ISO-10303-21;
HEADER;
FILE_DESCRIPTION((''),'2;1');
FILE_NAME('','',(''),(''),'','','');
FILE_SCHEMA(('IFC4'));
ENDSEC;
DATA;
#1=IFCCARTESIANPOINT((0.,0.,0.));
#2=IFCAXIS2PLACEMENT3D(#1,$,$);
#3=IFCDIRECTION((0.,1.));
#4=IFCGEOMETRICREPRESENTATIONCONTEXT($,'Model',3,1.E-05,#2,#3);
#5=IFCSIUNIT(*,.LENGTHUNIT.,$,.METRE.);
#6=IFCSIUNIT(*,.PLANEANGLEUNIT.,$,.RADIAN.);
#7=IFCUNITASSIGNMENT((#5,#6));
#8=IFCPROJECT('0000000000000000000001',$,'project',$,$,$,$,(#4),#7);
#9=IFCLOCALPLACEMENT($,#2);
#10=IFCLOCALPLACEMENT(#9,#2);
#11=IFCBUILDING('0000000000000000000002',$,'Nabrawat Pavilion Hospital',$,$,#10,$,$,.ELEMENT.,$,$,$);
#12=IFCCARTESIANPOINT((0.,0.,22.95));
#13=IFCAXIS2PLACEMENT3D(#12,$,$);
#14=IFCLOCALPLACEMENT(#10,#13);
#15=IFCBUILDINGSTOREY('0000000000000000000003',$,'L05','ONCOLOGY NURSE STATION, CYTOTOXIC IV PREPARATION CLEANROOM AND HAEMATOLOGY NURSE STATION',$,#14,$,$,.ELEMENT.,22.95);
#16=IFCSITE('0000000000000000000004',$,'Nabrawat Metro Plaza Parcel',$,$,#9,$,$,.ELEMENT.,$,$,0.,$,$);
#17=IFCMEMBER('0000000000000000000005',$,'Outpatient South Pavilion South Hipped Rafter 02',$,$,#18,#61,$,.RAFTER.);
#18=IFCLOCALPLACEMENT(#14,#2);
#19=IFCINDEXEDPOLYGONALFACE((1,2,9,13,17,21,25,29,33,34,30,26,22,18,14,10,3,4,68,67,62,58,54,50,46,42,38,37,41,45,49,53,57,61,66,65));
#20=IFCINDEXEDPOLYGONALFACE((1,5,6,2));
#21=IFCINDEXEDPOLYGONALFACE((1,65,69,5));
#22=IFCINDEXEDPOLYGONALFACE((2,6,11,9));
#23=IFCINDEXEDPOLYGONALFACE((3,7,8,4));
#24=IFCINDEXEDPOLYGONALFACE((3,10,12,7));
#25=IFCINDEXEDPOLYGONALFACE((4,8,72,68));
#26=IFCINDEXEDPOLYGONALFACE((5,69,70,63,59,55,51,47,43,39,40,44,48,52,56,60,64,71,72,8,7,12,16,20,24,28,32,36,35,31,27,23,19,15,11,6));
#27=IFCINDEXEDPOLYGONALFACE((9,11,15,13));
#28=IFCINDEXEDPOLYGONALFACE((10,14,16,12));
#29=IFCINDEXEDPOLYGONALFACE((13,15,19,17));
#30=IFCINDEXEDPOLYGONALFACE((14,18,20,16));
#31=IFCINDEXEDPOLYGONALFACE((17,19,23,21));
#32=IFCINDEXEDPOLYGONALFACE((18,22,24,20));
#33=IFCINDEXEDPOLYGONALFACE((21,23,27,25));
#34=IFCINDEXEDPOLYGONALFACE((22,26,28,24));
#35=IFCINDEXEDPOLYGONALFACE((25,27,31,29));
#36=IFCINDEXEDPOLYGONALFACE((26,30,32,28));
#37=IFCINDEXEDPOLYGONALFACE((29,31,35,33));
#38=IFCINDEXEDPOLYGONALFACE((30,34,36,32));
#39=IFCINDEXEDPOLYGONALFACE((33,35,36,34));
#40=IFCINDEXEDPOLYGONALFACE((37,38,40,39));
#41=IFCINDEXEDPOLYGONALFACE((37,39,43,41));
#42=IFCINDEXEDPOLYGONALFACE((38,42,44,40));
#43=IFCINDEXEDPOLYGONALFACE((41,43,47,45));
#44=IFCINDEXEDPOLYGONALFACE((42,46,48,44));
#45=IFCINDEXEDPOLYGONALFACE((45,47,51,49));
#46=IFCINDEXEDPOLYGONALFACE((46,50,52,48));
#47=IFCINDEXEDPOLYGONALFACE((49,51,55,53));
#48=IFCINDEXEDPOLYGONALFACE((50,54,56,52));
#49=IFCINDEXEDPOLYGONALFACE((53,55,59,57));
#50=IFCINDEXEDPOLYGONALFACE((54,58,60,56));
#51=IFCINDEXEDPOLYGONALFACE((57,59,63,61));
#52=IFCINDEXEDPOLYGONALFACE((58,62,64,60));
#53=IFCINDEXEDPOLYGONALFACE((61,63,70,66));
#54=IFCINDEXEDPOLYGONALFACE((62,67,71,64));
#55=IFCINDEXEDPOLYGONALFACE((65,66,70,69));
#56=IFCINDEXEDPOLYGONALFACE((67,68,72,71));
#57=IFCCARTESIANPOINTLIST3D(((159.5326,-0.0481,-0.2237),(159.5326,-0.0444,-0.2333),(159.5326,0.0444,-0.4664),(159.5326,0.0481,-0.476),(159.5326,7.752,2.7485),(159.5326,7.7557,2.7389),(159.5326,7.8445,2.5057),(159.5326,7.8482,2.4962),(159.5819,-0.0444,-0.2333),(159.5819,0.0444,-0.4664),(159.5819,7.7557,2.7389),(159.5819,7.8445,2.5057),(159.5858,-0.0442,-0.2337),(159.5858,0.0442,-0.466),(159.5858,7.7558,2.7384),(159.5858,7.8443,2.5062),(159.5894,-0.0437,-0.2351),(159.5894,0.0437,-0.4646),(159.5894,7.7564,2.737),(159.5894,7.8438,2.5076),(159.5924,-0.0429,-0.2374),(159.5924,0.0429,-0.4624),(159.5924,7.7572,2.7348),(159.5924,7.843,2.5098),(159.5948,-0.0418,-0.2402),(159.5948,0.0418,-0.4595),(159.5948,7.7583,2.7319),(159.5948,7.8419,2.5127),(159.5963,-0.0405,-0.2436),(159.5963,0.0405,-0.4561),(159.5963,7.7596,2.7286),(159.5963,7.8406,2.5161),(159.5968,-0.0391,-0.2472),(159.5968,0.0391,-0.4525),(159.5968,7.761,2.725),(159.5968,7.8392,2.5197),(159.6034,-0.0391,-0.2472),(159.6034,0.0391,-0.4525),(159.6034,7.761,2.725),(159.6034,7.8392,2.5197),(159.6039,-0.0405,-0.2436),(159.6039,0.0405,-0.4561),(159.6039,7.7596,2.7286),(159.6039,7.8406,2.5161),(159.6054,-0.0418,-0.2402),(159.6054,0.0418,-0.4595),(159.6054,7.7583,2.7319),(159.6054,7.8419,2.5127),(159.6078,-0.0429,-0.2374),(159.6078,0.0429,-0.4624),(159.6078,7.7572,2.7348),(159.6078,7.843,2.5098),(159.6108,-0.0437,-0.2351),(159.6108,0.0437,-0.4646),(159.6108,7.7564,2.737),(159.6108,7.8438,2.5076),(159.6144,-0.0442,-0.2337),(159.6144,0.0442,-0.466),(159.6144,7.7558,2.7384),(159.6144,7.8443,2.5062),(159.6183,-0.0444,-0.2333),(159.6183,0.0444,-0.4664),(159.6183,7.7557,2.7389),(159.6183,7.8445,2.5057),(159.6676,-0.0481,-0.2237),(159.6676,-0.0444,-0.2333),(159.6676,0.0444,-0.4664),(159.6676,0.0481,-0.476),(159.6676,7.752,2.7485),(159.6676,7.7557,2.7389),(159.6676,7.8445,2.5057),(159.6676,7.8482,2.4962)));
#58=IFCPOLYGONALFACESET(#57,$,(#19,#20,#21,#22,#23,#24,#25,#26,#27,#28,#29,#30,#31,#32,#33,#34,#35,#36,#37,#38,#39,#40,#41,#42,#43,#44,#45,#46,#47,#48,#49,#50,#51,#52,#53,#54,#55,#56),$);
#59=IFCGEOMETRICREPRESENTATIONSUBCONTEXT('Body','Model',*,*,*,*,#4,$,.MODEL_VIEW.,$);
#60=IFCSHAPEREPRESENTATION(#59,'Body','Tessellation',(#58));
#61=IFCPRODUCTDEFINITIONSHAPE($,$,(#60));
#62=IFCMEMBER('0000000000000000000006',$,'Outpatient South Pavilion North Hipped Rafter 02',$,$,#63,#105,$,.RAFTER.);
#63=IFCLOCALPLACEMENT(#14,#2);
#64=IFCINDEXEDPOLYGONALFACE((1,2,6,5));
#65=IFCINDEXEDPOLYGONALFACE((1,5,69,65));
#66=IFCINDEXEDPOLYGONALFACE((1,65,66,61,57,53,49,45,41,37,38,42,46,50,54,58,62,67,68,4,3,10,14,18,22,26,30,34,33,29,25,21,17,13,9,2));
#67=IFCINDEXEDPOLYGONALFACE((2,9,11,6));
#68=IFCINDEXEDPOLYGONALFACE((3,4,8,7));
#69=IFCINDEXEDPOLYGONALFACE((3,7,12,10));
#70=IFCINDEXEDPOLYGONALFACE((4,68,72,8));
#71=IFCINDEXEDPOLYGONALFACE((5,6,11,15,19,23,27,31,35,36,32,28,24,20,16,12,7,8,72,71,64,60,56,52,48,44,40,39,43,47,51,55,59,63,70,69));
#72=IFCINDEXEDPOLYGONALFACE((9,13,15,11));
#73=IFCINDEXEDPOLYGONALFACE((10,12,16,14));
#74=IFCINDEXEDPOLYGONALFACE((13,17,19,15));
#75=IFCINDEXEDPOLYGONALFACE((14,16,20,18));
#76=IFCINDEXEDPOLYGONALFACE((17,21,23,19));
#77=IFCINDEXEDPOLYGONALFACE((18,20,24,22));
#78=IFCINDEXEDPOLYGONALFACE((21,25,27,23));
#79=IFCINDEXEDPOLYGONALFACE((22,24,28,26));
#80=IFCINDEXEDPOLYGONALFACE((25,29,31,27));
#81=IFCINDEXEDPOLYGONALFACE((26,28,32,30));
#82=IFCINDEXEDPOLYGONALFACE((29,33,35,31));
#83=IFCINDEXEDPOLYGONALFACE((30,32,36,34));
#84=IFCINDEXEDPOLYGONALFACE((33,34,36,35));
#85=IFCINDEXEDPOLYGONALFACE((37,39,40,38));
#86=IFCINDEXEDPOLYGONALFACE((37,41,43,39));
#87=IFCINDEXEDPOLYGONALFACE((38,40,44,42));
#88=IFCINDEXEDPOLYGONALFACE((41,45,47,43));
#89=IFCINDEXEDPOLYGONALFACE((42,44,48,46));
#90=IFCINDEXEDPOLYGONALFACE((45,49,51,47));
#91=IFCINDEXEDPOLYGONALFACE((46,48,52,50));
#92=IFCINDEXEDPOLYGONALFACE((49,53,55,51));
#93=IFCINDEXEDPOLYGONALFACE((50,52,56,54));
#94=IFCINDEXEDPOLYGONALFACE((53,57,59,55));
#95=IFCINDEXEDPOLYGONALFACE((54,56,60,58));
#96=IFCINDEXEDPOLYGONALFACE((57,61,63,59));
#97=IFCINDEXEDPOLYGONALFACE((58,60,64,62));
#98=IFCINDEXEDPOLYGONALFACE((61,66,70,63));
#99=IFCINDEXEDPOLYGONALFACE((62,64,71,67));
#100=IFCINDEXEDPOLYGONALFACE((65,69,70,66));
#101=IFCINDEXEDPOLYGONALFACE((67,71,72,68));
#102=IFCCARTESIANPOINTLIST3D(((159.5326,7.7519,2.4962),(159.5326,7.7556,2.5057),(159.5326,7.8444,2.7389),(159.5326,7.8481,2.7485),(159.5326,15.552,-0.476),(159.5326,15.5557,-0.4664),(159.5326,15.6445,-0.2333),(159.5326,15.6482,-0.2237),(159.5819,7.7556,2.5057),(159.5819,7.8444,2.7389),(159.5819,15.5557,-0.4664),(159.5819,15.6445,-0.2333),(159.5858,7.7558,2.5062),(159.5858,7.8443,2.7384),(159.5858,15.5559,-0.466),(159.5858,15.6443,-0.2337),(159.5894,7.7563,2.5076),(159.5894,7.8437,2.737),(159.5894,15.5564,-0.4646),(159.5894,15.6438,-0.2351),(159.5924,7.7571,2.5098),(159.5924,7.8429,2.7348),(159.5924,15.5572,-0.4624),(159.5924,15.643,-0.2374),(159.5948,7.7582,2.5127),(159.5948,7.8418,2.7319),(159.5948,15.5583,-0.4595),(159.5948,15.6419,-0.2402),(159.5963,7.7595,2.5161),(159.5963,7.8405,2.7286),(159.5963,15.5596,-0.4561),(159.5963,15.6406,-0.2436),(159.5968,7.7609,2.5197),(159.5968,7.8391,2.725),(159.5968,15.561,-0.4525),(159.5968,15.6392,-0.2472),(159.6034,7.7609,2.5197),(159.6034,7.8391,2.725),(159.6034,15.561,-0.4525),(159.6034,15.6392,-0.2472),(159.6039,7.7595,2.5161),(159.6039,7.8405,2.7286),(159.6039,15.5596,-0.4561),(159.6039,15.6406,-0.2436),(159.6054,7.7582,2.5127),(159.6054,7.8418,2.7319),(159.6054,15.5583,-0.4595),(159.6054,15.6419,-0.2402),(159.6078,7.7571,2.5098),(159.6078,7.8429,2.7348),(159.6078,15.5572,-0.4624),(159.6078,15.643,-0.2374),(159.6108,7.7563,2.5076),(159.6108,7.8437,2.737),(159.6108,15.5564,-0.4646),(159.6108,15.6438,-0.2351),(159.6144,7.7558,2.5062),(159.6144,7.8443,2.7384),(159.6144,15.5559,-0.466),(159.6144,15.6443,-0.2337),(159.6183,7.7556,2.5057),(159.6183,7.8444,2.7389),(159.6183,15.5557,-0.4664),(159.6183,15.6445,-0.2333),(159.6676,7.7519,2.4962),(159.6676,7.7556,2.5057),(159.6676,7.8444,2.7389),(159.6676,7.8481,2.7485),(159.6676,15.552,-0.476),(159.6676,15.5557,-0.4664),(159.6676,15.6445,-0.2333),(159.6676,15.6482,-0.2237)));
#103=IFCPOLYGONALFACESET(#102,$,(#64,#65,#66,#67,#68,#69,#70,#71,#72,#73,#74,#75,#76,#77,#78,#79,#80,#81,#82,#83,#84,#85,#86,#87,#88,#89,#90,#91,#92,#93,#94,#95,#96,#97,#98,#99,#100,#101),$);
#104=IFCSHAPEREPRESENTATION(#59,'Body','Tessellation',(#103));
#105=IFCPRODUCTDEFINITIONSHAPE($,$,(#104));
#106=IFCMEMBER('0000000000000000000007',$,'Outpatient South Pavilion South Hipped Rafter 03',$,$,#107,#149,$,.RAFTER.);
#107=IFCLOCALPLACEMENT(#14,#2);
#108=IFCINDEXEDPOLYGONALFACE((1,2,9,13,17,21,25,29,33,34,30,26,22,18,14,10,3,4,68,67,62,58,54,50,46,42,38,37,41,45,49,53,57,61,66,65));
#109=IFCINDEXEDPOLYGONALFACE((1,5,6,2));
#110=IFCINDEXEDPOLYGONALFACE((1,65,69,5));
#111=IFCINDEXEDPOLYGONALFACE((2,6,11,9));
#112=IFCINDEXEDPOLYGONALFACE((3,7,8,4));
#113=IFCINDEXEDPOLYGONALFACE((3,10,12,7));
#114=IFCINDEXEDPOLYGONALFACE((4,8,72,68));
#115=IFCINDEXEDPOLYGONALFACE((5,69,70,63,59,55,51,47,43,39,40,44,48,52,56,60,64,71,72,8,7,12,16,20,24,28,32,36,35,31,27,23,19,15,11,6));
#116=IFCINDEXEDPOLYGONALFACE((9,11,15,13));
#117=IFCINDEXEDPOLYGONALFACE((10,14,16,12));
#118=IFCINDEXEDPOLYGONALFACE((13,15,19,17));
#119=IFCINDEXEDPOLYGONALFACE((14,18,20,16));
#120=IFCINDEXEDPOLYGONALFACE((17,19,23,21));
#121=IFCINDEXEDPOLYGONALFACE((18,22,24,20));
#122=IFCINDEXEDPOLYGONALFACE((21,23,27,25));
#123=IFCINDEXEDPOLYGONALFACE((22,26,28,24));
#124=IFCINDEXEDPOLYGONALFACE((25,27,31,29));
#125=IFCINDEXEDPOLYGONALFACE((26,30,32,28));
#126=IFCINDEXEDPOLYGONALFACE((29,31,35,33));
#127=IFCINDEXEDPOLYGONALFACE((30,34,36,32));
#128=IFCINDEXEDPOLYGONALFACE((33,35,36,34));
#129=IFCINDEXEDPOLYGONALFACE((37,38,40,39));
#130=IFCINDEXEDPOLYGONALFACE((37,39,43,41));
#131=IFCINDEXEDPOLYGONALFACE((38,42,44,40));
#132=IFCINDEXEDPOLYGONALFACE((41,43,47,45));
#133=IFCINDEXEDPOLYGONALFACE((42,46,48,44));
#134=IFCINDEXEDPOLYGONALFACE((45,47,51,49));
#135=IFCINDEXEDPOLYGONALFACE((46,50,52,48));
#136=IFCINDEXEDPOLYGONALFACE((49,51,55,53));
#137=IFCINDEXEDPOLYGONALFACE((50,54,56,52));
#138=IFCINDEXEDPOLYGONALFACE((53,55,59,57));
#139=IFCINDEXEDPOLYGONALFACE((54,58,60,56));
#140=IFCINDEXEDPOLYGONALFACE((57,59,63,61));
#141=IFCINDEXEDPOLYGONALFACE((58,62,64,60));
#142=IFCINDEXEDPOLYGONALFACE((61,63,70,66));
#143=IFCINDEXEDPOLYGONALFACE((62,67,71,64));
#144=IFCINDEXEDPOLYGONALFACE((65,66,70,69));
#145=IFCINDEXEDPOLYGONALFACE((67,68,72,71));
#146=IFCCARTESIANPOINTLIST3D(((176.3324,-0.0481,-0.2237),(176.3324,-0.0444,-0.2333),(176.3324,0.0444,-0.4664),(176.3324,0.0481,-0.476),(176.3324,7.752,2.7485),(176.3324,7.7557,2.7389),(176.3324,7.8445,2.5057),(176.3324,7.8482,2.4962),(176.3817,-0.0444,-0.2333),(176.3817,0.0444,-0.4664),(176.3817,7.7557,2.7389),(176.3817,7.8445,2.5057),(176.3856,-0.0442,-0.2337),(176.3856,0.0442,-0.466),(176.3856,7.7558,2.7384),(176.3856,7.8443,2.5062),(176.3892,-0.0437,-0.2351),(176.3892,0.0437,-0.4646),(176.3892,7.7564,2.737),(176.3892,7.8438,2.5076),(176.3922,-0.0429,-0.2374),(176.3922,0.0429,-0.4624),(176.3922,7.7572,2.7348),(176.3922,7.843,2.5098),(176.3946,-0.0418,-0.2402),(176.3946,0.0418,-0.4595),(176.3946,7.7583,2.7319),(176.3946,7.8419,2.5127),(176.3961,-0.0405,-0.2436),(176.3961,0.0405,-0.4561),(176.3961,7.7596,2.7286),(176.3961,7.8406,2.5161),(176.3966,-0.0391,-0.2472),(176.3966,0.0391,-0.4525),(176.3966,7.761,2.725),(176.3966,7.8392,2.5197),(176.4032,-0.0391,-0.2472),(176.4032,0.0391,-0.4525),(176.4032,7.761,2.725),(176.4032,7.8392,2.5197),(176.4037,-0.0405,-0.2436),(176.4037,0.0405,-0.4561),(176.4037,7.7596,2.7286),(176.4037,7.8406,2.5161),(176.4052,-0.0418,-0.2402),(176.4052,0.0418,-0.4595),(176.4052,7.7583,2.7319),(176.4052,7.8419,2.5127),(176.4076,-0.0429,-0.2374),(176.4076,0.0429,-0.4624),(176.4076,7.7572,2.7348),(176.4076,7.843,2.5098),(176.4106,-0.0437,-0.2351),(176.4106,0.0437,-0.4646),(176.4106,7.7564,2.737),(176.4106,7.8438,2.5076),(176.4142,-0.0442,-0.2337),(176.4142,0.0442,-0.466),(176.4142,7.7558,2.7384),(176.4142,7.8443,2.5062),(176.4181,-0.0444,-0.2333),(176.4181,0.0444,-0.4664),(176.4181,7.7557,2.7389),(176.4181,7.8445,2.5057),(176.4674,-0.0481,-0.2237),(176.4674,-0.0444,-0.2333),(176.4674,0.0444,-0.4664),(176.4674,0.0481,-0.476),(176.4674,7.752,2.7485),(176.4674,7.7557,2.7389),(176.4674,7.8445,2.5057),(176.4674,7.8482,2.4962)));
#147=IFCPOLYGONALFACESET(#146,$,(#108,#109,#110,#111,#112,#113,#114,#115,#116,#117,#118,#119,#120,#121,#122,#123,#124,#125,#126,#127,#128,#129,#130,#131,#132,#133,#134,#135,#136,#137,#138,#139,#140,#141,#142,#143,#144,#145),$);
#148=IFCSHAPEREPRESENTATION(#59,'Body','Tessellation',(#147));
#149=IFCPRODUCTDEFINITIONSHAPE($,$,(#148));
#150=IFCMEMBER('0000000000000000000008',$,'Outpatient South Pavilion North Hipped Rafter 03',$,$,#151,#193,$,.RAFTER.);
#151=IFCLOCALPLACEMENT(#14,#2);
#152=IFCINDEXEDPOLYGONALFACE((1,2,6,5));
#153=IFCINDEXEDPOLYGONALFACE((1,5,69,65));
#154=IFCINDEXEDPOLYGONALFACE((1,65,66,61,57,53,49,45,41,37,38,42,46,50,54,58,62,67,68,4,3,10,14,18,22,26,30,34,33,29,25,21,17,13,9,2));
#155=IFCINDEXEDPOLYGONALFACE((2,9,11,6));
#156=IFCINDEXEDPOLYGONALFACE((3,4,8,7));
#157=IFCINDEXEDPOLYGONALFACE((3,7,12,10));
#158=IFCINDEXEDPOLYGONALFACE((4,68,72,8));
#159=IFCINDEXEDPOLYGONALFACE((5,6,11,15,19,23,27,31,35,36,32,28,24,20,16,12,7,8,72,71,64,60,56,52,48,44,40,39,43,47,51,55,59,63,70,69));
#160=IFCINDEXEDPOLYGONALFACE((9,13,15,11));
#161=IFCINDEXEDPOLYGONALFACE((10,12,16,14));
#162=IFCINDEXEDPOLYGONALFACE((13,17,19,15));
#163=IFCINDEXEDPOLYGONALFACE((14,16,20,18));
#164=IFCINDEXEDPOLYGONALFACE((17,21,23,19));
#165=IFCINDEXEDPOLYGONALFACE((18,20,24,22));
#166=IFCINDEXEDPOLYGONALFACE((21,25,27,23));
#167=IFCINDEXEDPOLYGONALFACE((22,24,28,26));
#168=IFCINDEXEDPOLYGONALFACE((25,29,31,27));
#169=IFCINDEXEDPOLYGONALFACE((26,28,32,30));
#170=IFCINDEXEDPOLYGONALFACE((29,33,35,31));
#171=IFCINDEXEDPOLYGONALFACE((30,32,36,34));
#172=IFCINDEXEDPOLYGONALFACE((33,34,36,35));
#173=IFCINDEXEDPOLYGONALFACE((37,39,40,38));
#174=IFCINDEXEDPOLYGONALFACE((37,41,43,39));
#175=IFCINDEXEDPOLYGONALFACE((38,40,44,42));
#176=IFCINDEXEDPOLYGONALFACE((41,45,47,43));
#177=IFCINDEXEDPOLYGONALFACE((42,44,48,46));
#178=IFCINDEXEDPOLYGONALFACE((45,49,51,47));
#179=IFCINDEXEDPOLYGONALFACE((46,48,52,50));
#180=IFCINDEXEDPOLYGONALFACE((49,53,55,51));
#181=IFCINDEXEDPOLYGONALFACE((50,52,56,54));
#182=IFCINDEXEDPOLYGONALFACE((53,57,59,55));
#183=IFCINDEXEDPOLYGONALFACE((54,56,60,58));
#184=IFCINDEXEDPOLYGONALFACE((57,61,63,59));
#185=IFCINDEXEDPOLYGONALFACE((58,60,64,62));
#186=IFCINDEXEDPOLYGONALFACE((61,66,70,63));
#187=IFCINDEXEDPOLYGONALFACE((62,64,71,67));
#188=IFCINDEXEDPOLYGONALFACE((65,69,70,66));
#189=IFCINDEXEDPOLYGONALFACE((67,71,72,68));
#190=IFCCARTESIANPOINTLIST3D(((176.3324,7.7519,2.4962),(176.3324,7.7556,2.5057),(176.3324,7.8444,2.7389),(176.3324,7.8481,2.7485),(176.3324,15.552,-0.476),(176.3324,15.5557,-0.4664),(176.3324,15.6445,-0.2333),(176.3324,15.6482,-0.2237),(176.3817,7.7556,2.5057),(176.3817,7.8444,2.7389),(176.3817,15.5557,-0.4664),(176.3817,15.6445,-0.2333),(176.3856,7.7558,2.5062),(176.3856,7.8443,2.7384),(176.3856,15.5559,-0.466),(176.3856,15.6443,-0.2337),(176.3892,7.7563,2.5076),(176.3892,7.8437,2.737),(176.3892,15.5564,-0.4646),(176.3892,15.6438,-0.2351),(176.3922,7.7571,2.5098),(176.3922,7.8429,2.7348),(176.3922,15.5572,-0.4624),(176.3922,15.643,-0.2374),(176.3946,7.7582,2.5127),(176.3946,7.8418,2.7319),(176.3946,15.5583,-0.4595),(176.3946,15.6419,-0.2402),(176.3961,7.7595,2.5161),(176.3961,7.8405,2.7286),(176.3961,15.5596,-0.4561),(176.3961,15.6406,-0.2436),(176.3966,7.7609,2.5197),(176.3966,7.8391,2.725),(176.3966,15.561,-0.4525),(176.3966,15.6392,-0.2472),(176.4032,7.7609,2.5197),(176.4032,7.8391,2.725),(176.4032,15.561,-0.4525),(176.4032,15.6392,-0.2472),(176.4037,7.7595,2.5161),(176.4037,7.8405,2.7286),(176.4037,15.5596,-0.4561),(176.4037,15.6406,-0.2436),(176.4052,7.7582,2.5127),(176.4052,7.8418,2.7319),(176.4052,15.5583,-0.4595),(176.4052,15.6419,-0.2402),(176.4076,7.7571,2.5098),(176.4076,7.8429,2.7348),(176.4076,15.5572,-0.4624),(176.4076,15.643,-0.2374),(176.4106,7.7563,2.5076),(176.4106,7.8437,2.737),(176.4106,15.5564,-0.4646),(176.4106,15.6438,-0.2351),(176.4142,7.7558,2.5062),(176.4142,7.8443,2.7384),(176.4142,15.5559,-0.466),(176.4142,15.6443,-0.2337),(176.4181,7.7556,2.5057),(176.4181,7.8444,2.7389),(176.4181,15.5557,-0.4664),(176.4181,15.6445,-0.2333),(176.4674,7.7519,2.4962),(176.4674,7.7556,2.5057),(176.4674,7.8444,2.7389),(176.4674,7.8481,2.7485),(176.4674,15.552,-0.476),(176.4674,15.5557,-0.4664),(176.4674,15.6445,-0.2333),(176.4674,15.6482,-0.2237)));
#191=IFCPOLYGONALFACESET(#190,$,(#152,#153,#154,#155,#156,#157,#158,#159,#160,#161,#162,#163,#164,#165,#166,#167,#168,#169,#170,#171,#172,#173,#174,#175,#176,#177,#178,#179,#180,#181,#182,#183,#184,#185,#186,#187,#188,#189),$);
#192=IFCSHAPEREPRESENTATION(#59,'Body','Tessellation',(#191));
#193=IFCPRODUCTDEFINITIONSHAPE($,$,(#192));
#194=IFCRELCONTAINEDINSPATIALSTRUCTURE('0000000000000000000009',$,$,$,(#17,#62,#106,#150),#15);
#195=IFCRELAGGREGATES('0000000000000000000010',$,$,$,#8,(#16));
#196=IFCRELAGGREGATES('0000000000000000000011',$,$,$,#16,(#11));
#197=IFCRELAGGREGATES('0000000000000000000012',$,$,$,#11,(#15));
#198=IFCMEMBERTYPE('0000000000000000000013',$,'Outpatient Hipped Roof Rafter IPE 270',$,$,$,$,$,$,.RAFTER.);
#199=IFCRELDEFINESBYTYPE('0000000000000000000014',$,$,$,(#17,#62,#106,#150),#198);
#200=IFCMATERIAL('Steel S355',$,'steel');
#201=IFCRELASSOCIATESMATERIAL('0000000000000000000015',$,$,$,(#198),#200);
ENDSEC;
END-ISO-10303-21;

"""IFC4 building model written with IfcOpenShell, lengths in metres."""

from ifc_helpers import new_model, si_unit, direction, frame, origin, origin_2d, place, context, subcontext, project, spatial, i_section, extrude, material, material_profile, profile_set, type_object, element, save


model = new_model("IFC4")

# Units and contexts
model_context = context("Model", 3, precision=1e-05, world=origin(), true_north=direction((0.0, 1.0)))
body_context = subcontext(model_context, "Body", "Model", "MODEL_VIEW")
ifc_project = project(units=[si_unit("LENGTHUNIT", "METRE"), si_unit("PLANEANGLEUNIT", "RADIAN")], contexts=[model_context])

# Site, building, storey
site_placement = place(None, origin())
site = spatial("IfcSite", under=ifc_project, at=site_placement, Name="Nabrawat Metro Plaza Parcel", CompositionType="ELEMENT", RefElevation=0.0)
building_placement = place(site_placement, origin())
building = spatial("IfcBuilding", under=site, at=building_placement, Name="Nabrawat Pavilion Hospital", CompositionType="ELEMENT")
storey_placement = place(building_placement, frame((0.0, 0.0, 22.95)))
storey = spatial("IfcBuildingStorey", under=building, at=storey_placement, Name="L05", Description="ONCOLOGY NURSE STATION, CYTOTOXIC IV PREPARATION CLEANROOM AND HAEMATOLOGY NURSE STATION", CompositionType="ELEMENT", Elevation=22.95)

# Shared definitions
ifc_material_1 = material(Name="Steel S355", Category="steel")

# Members
ifc_material_profile_1 = material_profile(ifc_material_1, i_section(OverallWidth=0.135, OverallDepth=0.27, WebThickness=0.0066, FlangeThickness=0.0103, FilletRadius=0.0149, at=origin_2d()), Name="IPE 270")
ifc_profile_set_1 = profile_set([ifc_material_profile_1], Name="Steel S355")
member_type_1 = type_object("IfcMemberType", Name="Outpatient Hipped Roof Rafter IPE 270", PredefinedType="RAFTER", material=ifc_profile_set_1)
for number, where, z_axis, x_axis, name in (
    (1, (159.6001, 0.0, -0.3499), (0.0, 0.934459, 0.356071), (-1.0, 0.0, 0.0), "Outpatient South Pavilion South Hipped Rafter 02"),
    (2, (159.6001, 15.6001, -0.3499), (0.0, -0.934459, 0.356071), (1.0, 0.0, 0.0), "Outpatient South Pavilion North Hipped Rafter 02"),
    (3, (176.3999, 0.0, -0.3499), (0.0, 0.934459, 0.356071), (-1.0, 0.0, 0.0), "Outpatient South Pavilion South Hipped Rafter 03"),
    (4, (176.3999, 15.6001, -0.3499), (0.0, -0.934459, 0.356071), (1.0, 0.0, 0.0), "Outpatient South Pavilion North Hipped Rafter 03"),
):
    element("IfcMember", number, at=place(storey_placement, frame(where, z_axis=z_axis, x_axis=x_axis)), inside=storey, type_object=member_type_1, Name=name, PredefinedType="RAFTER", context=body_context, shape_type="SweptSolid", body=[
        extrude(i_section(OverallWidth=0.135, OverallDepth=0.27, WebThickness=0.0066, FlangeThickness=0.0103, FilletRadius=0.0149, at=origin_2d()), origin(), (0.0, 0.0, 1.0), 8.3472),
    ])

save(model, "model.ifc")
